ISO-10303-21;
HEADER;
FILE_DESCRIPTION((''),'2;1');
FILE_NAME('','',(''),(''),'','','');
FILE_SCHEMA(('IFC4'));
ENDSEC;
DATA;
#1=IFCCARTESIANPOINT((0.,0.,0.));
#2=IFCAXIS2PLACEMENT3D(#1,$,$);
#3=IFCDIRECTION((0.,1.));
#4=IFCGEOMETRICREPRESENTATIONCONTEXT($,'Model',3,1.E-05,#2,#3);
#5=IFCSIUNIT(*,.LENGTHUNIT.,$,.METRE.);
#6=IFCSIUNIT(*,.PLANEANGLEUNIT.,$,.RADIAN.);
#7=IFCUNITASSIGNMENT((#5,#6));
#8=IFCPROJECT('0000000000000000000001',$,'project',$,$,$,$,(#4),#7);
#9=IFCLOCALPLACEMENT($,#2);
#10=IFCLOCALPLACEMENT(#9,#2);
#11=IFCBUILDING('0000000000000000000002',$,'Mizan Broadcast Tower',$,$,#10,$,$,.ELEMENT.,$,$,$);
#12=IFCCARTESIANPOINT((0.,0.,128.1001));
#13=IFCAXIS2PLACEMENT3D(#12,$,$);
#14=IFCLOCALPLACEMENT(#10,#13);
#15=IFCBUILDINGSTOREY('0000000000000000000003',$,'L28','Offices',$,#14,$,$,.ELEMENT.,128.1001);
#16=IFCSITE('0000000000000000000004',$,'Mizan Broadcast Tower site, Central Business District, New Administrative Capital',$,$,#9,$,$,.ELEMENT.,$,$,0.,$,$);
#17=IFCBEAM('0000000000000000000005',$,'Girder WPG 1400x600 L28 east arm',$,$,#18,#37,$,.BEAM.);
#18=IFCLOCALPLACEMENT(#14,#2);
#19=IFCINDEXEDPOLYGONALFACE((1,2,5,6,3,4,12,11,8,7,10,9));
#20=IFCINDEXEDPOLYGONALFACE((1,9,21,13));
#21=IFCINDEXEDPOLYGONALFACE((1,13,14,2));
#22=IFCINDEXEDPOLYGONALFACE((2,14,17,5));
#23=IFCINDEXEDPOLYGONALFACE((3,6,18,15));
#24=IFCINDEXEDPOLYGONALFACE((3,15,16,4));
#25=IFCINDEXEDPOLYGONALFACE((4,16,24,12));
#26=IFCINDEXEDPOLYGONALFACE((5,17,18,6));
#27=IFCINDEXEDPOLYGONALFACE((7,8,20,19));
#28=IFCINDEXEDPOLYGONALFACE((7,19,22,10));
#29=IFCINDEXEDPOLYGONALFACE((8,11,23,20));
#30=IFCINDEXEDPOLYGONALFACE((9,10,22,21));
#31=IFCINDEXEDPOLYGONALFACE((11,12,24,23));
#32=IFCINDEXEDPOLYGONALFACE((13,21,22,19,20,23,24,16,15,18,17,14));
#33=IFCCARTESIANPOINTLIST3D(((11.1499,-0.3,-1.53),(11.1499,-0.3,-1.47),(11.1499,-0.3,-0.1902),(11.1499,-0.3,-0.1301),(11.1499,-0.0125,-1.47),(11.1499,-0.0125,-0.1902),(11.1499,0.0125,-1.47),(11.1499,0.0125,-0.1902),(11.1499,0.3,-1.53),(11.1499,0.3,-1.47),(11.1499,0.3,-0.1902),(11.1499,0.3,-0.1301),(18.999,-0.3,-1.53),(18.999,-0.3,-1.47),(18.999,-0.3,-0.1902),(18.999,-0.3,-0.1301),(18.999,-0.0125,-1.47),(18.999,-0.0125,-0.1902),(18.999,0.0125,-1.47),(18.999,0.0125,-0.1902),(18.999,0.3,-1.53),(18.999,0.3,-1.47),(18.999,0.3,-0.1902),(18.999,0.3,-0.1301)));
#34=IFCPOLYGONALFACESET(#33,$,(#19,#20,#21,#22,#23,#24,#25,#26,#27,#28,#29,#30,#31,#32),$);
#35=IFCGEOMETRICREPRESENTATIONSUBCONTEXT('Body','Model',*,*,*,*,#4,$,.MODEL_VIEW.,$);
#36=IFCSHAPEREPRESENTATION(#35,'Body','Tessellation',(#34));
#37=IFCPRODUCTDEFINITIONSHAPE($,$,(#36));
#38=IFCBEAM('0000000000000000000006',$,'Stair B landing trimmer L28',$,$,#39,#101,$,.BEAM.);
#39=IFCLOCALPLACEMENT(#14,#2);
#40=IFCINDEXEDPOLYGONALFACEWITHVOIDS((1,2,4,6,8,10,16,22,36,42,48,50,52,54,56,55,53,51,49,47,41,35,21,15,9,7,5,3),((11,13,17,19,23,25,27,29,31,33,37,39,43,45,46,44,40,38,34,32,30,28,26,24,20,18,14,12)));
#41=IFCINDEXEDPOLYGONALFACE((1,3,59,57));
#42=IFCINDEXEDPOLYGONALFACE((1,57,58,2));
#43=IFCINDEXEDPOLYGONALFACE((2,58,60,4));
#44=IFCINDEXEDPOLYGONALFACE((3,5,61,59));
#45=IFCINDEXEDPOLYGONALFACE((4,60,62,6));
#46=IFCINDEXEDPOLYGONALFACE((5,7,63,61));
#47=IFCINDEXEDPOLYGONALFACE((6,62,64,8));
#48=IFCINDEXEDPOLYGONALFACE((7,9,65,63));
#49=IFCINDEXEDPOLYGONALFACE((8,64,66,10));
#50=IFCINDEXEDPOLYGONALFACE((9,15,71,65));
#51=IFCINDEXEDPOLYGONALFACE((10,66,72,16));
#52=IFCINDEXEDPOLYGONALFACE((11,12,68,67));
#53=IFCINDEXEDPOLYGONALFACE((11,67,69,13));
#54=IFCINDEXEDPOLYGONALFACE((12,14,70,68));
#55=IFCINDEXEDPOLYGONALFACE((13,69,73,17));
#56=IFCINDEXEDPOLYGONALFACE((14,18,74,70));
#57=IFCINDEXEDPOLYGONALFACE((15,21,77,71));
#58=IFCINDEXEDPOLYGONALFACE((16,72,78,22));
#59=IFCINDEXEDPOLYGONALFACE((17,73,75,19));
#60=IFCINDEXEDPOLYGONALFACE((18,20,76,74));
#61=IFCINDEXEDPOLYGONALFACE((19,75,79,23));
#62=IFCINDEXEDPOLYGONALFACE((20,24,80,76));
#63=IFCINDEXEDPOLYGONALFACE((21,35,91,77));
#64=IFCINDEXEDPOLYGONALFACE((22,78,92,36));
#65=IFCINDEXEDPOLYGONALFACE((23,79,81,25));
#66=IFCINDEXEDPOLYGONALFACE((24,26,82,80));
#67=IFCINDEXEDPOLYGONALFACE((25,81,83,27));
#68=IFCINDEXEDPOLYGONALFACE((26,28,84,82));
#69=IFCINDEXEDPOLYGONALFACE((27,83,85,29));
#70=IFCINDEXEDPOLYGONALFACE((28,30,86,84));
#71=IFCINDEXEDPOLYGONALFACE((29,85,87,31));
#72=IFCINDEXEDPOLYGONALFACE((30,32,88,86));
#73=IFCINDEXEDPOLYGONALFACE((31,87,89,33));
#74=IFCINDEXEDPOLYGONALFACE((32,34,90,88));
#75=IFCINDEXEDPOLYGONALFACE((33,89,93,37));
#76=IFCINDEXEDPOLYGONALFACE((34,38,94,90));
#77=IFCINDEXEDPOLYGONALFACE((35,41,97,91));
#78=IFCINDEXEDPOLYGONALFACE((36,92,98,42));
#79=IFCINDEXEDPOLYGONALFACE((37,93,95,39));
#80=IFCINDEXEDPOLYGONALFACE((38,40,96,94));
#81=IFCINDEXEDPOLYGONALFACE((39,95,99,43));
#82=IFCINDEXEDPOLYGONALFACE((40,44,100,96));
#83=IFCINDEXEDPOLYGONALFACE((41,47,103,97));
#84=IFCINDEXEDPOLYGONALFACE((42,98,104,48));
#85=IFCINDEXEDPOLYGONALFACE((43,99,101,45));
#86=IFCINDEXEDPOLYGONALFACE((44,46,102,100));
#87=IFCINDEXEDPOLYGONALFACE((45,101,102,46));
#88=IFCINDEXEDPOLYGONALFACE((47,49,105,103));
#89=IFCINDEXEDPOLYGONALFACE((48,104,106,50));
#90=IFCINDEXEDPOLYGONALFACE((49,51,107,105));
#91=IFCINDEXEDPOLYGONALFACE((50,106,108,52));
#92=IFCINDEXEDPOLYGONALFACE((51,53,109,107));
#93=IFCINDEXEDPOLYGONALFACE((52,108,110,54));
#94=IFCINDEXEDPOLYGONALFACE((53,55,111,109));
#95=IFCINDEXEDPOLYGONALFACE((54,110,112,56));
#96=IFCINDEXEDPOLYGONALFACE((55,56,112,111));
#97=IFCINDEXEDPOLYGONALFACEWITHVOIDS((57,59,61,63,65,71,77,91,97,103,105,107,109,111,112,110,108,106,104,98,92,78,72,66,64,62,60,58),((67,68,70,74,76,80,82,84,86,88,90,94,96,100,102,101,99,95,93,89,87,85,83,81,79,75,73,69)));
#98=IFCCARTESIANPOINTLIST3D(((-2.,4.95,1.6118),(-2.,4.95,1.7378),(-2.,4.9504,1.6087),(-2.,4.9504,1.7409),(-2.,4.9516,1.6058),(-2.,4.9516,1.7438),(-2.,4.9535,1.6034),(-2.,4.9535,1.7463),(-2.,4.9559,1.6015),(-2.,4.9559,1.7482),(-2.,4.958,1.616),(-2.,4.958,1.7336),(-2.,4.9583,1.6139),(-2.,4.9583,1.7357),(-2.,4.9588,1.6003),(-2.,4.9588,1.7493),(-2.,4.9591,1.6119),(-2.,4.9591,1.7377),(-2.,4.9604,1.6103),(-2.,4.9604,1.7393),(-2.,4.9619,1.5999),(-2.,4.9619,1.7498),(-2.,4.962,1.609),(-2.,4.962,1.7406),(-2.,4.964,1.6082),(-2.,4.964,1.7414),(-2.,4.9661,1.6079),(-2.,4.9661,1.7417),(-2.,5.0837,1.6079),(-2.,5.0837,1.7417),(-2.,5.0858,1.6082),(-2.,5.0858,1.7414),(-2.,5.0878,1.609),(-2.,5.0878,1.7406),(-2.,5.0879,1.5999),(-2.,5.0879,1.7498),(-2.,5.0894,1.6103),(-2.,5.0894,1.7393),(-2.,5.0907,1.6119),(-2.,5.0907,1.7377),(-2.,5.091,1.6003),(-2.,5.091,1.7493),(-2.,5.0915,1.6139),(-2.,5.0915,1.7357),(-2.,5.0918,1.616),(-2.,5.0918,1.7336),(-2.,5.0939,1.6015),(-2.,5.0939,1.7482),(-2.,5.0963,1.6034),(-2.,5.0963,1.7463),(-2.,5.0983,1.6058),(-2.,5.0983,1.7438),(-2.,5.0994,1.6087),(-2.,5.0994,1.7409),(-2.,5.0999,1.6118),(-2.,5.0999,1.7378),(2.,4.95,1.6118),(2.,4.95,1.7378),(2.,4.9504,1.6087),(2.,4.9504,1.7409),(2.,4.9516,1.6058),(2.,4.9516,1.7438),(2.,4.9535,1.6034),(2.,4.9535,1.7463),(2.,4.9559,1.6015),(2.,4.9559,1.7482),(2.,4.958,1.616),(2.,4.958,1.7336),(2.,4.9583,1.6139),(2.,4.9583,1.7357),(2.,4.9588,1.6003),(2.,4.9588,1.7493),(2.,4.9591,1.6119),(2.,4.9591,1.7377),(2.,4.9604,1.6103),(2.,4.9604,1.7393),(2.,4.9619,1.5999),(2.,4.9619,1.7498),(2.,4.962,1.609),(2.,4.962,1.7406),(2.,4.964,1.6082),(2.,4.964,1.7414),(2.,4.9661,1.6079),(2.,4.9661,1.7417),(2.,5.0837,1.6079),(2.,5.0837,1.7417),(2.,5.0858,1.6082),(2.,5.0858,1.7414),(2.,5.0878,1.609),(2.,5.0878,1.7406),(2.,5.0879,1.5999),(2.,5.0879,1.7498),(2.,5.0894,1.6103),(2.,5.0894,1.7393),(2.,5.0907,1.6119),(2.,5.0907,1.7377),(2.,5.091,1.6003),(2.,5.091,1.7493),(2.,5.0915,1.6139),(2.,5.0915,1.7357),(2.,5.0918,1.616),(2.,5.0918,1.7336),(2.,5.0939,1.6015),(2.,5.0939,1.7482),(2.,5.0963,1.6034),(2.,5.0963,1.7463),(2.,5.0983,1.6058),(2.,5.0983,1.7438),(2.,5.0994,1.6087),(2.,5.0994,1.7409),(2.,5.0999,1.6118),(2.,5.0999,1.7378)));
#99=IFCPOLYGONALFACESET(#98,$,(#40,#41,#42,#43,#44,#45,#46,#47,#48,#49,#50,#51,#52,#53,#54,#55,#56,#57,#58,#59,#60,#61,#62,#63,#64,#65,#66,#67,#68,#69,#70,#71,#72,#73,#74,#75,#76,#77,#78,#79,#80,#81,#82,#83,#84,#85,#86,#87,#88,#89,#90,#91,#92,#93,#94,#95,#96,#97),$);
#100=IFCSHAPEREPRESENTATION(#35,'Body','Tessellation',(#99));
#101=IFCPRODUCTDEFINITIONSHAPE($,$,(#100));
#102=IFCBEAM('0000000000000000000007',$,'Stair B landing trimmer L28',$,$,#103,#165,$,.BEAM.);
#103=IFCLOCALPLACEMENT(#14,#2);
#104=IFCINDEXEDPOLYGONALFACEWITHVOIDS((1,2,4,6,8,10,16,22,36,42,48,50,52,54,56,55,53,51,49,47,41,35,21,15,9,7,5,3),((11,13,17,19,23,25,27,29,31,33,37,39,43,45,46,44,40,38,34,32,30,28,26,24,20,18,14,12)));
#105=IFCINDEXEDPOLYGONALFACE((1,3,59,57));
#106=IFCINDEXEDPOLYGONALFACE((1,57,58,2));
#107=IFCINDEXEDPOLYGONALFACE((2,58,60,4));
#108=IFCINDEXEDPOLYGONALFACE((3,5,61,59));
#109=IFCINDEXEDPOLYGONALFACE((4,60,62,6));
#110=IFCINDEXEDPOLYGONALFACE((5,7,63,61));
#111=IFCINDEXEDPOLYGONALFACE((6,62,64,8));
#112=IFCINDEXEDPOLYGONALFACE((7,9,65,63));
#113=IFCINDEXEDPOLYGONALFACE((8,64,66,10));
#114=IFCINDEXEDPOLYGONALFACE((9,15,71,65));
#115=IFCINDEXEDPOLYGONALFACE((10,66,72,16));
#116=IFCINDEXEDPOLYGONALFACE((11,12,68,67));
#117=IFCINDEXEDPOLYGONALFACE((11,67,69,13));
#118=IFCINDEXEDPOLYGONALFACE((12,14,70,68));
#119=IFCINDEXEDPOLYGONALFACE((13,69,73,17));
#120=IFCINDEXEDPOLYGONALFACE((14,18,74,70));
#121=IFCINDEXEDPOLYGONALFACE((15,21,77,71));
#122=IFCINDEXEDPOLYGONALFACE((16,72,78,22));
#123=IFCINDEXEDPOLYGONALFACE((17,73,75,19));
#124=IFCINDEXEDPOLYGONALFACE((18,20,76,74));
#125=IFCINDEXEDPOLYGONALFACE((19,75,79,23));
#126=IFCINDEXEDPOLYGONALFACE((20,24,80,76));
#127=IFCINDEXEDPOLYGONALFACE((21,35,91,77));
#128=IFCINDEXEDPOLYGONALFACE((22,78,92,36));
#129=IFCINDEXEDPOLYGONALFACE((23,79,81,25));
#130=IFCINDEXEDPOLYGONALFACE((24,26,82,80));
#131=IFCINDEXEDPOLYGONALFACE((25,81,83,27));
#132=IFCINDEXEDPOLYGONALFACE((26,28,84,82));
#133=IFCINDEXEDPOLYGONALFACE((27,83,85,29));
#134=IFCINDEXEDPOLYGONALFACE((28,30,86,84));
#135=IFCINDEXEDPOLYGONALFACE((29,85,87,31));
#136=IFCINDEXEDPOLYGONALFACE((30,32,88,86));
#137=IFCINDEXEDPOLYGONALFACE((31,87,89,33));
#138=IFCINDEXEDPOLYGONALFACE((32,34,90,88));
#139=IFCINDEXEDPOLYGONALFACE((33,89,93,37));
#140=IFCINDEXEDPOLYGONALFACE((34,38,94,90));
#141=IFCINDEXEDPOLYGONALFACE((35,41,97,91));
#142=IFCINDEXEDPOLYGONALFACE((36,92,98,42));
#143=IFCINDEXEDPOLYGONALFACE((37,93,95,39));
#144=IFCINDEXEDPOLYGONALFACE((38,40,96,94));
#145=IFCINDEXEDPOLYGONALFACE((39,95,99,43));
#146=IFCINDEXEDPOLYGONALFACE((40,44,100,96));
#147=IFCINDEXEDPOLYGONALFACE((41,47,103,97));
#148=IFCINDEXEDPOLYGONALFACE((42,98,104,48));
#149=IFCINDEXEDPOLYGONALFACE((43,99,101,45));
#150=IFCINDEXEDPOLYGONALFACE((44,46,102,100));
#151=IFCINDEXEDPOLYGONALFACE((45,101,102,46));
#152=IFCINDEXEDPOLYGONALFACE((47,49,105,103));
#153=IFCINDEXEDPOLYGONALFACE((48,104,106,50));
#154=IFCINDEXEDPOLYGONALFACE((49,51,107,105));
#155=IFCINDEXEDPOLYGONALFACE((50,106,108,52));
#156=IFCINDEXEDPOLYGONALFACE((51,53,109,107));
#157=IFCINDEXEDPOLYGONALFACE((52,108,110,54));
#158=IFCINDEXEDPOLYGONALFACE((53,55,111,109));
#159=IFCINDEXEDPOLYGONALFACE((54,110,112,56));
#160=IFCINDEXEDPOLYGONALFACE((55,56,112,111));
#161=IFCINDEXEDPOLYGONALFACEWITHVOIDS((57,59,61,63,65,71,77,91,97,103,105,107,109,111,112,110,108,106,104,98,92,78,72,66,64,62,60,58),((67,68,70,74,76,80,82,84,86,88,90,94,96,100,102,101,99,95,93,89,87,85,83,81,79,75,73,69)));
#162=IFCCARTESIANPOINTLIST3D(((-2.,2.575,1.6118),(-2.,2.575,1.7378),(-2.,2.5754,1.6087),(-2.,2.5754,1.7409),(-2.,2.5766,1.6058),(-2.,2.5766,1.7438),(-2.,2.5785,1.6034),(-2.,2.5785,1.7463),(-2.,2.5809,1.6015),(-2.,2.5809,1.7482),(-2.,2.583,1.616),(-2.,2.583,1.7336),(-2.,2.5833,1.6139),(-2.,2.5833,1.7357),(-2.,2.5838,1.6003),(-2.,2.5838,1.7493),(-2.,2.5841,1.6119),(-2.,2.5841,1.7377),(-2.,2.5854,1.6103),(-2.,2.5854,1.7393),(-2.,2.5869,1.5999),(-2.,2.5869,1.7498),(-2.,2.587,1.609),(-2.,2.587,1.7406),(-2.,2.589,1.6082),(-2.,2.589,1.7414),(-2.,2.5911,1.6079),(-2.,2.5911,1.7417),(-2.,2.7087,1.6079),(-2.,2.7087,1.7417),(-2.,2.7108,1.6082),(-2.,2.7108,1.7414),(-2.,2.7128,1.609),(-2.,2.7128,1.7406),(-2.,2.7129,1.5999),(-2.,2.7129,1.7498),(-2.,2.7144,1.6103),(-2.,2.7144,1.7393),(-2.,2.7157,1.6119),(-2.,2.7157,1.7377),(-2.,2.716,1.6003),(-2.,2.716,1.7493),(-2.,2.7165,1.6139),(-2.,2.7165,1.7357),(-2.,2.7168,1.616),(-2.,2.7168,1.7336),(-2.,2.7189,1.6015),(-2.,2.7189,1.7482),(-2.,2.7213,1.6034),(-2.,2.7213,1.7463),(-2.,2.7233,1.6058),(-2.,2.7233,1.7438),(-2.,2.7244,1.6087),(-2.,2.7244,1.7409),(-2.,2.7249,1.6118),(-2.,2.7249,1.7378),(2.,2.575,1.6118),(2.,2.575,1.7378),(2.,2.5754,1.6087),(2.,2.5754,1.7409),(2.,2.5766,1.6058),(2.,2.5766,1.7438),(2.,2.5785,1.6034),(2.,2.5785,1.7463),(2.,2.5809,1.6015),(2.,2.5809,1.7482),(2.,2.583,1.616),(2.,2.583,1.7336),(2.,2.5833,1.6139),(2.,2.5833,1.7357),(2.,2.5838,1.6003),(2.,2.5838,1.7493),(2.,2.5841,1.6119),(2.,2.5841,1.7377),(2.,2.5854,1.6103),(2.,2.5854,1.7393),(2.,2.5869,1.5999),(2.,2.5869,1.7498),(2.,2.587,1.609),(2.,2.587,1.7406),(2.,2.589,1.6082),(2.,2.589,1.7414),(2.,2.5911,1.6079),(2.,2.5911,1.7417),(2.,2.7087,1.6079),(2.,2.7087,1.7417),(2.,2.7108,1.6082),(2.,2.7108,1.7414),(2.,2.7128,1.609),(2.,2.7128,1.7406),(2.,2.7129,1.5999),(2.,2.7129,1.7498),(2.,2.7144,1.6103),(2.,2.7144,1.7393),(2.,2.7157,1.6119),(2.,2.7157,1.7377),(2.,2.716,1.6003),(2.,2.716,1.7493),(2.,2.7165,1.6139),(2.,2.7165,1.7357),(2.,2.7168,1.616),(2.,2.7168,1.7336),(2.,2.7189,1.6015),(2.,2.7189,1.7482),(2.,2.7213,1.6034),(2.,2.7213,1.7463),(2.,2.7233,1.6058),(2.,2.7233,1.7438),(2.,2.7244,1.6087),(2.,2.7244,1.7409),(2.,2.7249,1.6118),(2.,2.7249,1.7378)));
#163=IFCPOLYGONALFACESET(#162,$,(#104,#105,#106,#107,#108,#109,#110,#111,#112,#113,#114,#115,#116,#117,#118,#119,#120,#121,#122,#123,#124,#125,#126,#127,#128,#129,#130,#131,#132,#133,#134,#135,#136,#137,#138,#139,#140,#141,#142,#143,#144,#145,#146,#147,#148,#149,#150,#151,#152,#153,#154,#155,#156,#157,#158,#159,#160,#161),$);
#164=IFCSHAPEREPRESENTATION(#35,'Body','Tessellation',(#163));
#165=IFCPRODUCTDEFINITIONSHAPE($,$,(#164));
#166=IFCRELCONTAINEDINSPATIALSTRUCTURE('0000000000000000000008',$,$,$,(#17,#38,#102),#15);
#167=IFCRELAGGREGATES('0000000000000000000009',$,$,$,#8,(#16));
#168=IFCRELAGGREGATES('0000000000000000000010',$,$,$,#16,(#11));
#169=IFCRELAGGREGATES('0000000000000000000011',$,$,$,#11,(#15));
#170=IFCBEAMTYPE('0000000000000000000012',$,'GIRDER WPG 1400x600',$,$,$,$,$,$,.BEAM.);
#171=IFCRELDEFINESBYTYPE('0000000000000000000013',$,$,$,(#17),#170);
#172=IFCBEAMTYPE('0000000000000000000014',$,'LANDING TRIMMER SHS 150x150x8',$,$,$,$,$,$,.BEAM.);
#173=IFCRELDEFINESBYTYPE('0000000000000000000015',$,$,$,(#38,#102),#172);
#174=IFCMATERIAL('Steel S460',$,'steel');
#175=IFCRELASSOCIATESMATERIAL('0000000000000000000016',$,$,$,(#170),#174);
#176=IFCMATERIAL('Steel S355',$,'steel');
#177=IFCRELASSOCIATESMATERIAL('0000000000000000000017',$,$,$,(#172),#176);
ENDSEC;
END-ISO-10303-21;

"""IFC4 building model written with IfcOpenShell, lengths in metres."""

from ifc_helpers import new_model, si_unit, direction, frame, origin, origin_2d, place, context, subcontext, project, spatial, hollow_rectangle, i_section, extrude, material, material_profile, profile_set, type_object, element, save


model = new_model("IFC4")

# Units and contexts
model_context = context("Model", 3, precision=1e-05, world=origin(), true_north=direction((0.0, 1.0)))
body_context = subcontext(model_context, "Body", "Model", "MODEL_VIEW")
ifc_project = project(units=[si_unit("LENGTHUNIT", "METRE"), si_unit("PLANEANGLEUNIT", "RADIAN")], contexts=[model_context])

# Site, building, storey
site_placement = place(None, origin())
site = spatial("IfcSite", under=ifc_project, at=site_placement, Name="Mizan Broadcast Tower site, Central Business District, New Administrative Capital", CompositionType="ELEMENT", RefElevation=0.0)
building_placement = place(site_placement, origin())
building = spatial("IfcBuilding", under=site, at=building_placement, Name="Mizan Broadcast Tower", CompositionType="ELEMENT")
storey_placement = place(building_placement, frame((0.0, 0.0, 128.1001)))
storey = spatial("IfcBuildingStorey", under=building, at=storey_placement, Name="L28", Description="Offices", CompositionType="ELEMENT", Elevation=128.1001)

# Beams
ifc_material_1 = material(Name="Steel S460", Category="steel")
ifc_material_profile_1 = material_profile(ifc_material_1, i_section(OverallWidth=0.6001, OverallDepth=1.3999, WebThickness=0.0249, FlangeThickness=0.0601, at=origin_2d()), Name="WPG 1400x600")
ifc_profile_set_1 = profile_set([ifc_material_profile_1], Name="Steel S460")
beam_type_1 = type_object("IfcBeamType", Name="GIRDER WPG 1400x600", PredefinedType="BEAM", material=ifc_profile_set_1)
beam_placement = place(storey_placement, frame((11.1499, 0.0, -0.8301), z_axis=(1.0, 0.0, 0.0), x_axis=(0.0, 1.0, 0.0)))
element("IfcBeam", 1, at=beam_placement, inside=storey, type_object=beam_type_1, Name="Girder WPG 1400x600 L28 east arm", PredefinedType="BEAM", context=body_context, shape_type="SweptSolid", body=[
    extrude(i_section(OverallWidth=0.6001, OverallDepth=1.3999, WebThickness=0.0249, FlangeThickness=0.0601, at=origin_2d()), origin(), (0.0, 0.0, 1.0), 7.8491),
])
ifc_material_2 = material(Name="Steel S355", Category="steel")
ifc_material_profile_2 = material_profile(ifc_material_2, hollow_rectangle(XDim=0.1499, YDim=0.1499, WallThickness=0.0081, InnerFilletRadius=0.0081, OuterFilletRadius=0.012, at=origin_2d()), Name="SHS 150x150x8")
ifc_profile_set_2 = profile_set([ifc_material_profile_2], Name="Steel S355")
beam_type_2 = type_object("IfcBeamType", Name="LANDING TRIMMER SHS 150x150x8", PredefinedType="BEAM", material=ifc_profile_set_2)
for number, where, z_axis, x_axis, name in (
    (2, (2.0, 5.0249, 1.6748), (-1.0, 0.0, 0.0), (0.0, -1.0, 0.0), "Stair B landing trimmer L28"),
    (3, (2.0, 2.6499, 1.6748), (-1.0, 0.0, 0.0), (0.0, -1.0, 0.0), "Stair B landing trimmer L28"),
):
    element("IfcBeam", number, at=place(storey_placement, frame(where, z_axis=z_axis, x_axis=x_axis)), inside=storey, type_object=beam_type_2, Name=name, PredefinedType="BEAM", context=body_context, shape_type="SweptSolid", body=[
        extrude(hollow_rectangle(XDim=0.1499, YDim=0.1499, WallThickness=0.0081, InnerFilletRadius=0.0081, OuterFilletRadius=0.012, at=origin_2d()), origin(), (0.0, 0.0, 1.0), 4.0),
    ])

save(model, "model.ifc")
